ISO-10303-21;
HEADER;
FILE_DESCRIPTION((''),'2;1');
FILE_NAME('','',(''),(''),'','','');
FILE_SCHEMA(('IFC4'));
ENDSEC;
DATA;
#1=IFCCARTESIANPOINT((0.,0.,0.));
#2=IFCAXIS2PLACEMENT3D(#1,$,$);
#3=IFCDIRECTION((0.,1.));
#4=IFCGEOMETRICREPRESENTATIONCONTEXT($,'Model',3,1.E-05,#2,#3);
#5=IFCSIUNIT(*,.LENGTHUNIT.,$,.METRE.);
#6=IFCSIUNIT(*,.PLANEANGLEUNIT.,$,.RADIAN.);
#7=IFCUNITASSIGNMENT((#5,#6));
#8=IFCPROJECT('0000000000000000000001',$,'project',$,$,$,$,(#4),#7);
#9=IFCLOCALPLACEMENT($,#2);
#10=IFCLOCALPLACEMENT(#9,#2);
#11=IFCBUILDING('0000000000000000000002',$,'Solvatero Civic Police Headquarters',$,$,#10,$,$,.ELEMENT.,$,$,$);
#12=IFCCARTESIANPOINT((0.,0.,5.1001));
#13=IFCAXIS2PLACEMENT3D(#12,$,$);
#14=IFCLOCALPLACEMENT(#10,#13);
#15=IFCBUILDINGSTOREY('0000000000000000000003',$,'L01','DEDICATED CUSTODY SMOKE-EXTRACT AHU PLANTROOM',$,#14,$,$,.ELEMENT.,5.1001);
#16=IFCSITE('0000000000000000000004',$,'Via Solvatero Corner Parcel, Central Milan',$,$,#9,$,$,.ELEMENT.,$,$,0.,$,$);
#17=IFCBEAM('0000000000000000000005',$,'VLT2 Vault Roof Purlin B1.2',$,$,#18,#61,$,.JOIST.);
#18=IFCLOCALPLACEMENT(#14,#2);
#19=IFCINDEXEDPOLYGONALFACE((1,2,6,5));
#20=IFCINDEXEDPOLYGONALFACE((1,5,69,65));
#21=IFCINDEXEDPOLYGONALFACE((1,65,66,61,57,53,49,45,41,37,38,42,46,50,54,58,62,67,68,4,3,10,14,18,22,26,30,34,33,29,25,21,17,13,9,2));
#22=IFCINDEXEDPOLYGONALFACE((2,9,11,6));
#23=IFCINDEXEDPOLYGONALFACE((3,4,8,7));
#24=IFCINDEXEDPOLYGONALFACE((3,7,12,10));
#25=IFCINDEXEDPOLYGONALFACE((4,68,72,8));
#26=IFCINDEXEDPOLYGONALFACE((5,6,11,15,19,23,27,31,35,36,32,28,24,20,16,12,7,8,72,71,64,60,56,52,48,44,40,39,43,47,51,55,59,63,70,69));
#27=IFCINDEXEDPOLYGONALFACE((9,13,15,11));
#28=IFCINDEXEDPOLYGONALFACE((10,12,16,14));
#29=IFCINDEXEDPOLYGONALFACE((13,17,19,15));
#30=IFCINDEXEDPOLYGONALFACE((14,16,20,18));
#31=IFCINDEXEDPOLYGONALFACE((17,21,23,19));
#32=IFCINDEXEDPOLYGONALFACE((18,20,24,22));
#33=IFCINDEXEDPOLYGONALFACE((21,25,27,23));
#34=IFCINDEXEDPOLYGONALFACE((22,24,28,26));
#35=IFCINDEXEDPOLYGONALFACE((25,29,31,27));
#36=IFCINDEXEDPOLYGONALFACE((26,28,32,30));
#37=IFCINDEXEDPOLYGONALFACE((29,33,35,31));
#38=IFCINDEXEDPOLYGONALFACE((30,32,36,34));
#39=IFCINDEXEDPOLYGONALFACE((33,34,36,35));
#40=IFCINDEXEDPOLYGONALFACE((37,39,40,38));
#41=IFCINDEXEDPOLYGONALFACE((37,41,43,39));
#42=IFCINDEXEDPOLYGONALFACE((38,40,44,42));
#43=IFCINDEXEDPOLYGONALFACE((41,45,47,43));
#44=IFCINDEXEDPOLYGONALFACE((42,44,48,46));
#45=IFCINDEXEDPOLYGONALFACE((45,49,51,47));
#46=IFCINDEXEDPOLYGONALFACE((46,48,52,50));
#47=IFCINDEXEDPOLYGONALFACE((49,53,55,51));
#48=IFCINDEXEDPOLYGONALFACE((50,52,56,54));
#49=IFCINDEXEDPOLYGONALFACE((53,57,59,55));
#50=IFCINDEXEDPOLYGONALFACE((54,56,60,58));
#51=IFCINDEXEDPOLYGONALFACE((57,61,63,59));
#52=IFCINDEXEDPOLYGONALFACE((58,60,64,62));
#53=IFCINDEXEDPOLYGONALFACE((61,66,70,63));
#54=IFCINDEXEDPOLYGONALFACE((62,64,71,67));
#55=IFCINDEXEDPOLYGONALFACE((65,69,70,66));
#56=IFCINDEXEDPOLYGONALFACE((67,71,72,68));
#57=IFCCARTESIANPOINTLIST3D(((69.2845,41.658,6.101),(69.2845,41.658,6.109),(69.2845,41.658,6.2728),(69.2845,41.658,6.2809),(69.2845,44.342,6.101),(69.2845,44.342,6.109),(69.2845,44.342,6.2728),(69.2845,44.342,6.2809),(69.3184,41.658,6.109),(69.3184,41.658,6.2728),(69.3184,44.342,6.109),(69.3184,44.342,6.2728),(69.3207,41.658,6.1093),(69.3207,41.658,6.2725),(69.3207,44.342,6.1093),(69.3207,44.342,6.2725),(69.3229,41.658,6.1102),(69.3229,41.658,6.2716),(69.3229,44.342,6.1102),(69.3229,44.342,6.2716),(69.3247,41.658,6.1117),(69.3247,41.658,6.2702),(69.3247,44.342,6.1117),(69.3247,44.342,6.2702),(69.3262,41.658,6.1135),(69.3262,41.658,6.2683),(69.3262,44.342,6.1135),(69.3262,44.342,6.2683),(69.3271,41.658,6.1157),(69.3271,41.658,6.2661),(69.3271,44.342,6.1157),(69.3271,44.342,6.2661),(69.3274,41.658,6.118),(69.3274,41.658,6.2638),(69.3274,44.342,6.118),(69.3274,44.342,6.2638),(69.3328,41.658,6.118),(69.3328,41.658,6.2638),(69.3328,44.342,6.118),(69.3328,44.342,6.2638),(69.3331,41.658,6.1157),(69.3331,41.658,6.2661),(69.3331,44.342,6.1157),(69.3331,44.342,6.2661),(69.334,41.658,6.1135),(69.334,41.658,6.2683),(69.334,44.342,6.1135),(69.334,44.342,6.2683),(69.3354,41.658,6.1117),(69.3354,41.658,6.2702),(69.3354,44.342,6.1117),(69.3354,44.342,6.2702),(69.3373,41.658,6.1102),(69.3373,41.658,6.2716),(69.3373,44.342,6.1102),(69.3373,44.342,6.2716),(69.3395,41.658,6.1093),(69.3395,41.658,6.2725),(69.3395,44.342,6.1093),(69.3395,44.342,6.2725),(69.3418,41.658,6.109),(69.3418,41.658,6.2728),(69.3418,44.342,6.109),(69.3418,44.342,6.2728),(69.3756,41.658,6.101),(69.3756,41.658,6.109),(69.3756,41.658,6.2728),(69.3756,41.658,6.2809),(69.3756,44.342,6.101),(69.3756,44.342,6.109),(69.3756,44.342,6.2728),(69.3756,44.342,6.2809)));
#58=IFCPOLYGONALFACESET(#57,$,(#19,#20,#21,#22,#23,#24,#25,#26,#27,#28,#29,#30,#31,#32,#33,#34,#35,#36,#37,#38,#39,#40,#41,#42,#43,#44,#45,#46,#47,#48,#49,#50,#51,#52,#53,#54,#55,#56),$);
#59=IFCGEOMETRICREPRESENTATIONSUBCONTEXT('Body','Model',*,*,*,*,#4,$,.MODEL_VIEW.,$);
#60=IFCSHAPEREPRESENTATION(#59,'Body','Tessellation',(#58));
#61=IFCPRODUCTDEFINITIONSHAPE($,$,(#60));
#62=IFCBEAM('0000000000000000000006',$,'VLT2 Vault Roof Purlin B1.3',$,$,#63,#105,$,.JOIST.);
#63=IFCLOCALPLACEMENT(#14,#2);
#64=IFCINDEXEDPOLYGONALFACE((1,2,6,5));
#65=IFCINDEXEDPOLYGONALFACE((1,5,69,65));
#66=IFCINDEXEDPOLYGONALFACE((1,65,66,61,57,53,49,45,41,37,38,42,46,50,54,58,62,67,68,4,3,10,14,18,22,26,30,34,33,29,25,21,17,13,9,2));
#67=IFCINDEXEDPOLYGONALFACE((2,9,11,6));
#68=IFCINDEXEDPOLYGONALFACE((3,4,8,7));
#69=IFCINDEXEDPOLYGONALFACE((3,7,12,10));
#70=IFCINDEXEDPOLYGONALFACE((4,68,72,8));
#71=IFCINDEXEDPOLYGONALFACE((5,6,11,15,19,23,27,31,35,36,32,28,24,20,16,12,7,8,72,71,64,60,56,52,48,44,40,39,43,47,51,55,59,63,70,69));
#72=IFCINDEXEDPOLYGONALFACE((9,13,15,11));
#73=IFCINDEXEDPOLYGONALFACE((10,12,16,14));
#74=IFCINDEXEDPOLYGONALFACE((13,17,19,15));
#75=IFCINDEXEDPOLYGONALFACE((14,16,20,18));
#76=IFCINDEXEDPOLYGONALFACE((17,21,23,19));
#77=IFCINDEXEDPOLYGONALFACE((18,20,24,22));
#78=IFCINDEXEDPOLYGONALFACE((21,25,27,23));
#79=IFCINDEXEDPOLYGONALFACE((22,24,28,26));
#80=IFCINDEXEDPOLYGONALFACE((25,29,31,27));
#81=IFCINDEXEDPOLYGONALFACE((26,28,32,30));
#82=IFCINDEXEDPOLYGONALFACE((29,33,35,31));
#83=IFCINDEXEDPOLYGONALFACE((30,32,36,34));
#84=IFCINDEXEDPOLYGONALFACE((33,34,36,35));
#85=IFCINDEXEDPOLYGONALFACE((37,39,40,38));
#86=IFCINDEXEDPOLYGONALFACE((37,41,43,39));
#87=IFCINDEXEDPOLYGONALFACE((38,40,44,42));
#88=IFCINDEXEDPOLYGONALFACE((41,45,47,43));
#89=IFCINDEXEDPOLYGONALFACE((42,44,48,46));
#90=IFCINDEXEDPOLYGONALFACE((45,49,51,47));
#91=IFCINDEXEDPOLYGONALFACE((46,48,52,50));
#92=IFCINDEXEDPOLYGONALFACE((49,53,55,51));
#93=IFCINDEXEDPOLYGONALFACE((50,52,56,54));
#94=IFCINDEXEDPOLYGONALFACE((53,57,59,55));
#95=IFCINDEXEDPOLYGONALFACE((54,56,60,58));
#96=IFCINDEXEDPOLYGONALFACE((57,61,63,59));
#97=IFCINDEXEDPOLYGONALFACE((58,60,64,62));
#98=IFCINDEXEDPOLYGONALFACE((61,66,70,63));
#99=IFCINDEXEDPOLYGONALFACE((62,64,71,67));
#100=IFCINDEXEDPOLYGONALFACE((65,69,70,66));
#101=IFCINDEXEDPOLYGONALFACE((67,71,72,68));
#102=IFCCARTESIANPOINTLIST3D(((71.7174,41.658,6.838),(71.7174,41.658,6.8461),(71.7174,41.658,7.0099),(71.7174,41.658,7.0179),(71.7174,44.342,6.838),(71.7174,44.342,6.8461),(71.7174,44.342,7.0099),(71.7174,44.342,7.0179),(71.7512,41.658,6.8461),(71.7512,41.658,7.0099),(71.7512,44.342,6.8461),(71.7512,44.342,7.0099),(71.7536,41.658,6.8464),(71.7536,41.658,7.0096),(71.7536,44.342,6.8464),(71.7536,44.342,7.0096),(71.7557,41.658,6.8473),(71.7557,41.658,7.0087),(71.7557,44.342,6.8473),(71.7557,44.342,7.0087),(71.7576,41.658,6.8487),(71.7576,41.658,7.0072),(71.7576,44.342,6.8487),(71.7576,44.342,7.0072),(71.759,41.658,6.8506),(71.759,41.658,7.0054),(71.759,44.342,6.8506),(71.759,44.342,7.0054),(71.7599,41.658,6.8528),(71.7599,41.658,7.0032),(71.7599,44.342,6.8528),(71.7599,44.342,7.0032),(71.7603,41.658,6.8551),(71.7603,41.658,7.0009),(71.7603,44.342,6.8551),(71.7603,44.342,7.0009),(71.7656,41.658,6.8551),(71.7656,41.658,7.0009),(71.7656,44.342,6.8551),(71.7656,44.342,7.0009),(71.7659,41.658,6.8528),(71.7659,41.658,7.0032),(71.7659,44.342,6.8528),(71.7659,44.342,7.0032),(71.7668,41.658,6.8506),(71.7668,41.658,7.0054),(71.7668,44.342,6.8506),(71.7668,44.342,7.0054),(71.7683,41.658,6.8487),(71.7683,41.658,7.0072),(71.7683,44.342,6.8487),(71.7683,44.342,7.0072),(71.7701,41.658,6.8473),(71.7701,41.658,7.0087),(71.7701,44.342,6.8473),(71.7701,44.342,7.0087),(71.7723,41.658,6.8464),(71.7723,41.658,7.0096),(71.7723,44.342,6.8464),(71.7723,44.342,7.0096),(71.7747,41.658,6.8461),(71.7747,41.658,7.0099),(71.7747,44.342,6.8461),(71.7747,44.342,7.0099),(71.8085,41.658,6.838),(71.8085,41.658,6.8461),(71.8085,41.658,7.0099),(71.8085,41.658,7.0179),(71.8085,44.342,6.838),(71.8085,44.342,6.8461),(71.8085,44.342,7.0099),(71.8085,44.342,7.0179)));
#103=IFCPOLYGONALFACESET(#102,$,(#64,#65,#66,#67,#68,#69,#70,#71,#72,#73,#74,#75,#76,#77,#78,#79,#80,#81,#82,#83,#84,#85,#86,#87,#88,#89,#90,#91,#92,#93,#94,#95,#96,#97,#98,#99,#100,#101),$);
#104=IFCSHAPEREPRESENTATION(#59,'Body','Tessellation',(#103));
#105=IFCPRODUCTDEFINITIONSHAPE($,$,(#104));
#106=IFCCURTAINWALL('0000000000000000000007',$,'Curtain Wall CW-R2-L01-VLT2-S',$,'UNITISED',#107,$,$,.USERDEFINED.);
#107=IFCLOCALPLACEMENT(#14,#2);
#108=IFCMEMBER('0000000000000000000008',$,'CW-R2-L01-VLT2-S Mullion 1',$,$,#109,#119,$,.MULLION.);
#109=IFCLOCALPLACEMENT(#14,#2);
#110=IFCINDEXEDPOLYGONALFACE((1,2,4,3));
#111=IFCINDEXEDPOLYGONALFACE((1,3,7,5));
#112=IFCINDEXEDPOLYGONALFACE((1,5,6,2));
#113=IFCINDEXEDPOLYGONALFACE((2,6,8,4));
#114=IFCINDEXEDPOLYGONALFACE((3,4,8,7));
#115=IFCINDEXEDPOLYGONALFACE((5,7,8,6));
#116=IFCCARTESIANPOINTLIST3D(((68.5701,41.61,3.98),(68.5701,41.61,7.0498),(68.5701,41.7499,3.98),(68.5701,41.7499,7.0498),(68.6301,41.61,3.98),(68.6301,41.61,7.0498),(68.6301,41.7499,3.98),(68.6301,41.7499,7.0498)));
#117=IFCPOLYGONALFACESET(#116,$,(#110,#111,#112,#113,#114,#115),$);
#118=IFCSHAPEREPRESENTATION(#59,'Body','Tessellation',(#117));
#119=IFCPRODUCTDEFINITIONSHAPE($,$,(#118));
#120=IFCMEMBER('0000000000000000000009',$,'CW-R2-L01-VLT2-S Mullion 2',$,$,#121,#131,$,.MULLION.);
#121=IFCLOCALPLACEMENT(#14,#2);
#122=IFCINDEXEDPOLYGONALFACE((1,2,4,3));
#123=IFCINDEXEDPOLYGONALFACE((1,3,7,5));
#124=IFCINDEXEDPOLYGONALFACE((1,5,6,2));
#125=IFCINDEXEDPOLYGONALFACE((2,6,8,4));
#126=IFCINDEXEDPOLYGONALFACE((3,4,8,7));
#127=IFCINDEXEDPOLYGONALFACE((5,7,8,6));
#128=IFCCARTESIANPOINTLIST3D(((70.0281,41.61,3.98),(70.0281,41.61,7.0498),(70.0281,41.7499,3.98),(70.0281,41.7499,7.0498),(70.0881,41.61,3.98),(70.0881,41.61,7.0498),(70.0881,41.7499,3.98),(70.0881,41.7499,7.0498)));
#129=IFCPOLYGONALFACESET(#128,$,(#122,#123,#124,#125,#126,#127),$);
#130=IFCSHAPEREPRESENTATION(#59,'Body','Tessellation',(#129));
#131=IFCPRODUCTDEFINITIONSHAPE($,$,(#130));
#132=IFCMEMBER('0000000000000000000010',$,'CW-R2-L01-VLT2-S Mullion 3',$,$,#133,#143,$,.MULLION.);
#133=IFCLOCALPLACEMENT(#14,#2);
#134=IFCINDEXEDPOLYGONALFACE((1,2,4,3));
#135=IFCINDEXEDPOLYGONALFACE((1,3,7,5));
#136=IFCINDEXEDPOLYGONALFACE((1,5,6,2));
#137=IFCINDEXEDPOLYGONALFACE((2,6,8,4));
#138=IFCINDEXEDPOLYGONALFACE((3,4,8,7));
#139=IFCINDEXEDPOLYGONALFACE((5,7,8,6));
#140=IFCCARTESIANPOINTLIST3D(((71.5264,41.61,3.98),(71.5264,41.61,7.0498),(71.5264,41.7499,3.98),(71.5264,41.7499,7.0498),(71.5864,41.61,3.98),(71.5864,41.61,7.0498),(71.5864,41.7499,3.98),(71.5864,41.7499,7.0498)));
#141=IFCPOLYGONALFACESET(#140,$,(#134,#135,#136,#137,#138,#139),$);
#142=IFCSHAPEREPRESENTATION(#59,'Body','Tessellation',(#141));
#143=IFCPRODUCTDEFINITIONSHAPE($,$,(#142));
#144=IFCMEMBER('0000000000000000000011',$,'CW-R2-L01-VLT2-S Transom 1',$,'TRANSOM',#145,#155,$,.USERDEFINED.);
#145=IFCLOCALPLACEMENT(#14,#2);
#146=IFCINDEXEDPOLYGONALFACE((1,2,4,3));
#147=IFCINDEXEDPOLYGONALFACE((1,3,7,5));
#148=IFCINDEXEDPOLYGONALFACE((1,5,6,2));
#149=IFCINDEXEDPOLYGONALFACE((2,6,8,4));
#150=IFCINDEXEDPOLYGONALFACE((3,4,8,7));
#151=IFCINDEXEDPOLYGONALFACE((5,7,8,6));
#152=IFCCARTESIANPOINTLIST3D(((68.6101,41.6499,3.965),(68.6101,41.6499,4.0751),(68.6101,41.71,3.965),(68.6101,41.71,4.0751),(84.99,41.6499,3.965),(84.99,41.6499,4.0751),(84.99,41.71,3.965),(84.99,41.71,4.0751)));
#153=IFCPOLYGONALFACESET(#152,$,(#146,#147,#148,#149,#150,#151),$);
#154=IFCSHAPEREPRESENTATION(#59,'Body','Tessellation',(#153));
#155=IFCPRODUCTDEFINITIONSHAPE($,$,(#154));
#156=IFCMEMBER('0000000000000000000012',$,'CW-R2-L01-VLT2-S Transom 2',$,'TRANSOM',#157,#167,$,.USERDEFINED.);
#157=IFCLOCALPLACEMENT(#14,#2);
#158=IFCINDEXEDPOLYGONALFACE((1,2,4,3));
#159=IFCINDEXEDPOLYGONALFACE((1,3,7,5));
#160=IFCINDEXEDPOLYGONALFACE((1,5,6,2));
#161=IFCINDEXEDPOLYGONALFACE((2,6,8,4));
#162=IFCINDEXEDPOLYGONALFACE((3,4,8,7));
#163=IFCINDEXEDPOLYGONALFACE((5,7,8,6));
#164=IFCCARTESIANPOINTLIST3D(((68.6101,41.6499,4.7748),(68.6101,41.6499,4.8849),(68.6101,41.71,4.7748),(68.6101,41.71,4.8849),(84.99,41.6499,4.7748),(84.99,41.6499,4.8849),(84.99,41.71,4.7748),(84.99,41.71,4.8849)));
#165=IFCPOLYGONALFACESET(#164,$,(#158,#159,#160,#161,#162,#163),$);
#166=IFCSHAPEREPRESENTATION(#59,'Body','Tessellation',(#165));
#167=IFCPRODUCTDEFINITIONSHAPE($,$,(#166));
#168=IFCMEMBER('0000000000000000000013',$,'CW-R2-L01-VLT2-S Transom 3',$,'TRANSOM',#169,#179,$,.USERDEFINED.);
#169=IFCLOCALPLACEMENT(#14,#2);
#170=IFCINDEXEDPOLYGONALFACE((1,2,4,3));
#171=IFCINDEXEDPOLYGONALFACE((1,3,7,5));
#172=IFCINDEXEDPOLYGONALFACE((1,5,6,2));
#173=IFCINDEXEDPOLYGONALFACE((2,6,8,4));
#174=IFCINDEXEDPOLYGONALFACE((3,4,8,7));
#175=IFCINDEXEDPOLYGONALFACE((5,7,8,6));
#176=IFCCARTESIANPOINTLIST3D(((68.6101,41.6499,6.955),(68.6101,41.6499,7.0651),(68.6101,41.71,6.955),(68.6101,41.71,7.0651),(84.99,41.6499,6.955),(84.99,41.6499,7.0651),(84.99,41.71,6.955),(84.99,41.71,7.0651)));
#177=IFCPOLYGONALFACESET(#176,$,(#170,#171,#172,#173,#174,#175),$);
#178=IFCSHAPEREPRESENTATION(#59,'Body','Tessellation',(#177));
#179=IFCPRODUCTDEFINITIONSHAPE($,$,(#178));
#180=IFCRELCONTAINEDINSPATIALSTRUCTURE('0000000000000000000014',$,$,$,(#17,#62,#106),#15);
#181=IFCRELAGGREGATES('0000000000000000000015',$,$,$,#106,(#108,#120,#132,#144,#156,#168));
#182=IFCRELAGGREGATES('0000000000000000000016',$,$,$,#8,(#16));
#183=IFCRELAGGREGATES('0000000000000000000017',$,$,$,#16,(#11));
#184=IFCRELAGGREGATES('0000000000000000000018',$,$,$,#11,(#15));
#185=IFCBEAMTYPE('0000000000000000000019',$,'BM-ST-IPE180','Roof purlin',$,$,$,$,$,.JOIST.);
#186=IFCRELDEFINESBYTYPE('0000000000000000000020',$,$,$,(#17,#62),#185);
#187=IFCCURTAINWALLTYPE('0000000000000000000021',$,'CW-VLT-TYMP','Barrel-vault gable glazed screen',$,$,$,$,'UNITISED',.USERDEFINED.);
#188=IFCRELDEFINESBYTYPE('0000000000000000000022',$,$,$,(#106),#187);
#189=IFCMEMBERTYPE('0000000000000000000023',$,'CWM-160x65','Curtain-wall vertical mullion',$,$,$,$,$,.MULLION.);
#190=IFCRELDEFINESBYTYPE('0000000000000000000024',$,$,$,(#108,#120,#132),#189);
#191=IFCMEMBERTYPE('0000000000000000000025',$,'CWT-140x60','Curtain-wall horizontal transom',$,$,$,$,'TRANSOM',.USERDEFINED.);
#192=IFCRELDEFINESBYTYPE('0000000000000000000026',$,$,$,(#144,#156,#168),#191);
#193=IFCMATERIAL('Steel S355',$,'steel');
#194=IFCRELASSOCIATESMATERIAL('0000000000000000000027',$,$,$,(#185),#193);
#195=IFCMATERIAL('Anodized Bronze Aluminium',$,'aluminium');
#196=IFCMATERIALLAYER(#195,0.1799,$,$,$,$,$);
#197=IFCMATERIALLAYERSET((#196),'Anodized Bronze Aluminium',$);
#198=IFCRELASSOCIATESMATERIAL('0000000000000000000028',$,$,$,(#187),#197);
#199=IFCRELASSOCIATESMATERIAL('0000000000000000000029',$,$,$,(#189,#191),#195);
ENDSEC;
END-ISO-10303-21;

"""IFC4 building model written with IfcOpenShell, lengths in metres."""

from ifc_helpers import new_model, si_unit, direction, frame, origin, origin_2d, place, context, subcontext, project, spatial, rectangle, i_section, extrude, material, layer, layer_set, material_profile, profile_set, type_object, element, aggregate, save


model = new_model("IFC4")

# Units and contexts
model_context = context("Model", 3, precision=1e-05, world=origin(), true_north=direction((0.0, 1.0)))
body_context = subcontext(model_context, "Body", "Model", "MODEL_VIEW")
ifc_project = project(units=[si_unit("LENGTHUNIT", "METRE"), si_unit("PLANEANGLEUNIT", "RADIAN")], contexts=[model_context])

# Site, building, storey
site_placement = place(None, origin())
site = spatial("IfcSite", under=ifc_project, at=site_placement, Name="Via Solvatero Corner Parcel, Central Milan", CompositionType="ELEMENT", RefElevation=0.0)
building_placement = place(site_placement, origin())
building = spatial("IfcBuilding", under=site, at=building_placement, Name="Solvatero Civic Police Headquarters", CompositionType="ELEMENT")
storey_placement = place(building_placement, frame((0.0, 0.0, 5.1001)))
storey = spatial("IfcBuildingStorey", under=building, at=storey_placement, Name="L01", Description="DEDICATED CUSTODY SMOKE-EXTRACT AHU PLANTROOM", CompositionType="ELEMENT", Elevation=5.1001)

# Beams
ifc_material_1 = material(Name="Steel S355", Category="steel")
ifc_material_profile_1 = material_profile(ifc_material_1, i_section(OverallWidth=0.0911, OverallDepth=0.1799, WebThickness=0.0054, FlangeThickness=0.0081, FilletRadius=0.009, at=origin_2d()), Name="IPE 180")
ifc_profile_set_1 = profile_set([ifc_material_profile_1], Name="Steel S355")
beam_type_1 = type_object("IfcBeamType", Name="BM-ST-IPE180", Description="Roof purlin", PredefinedType="JOIST", material=ifc_profile_set_1)
for number, where, z_axis, x_axis, name in (
    (1, (69.3301, 41.658, 6.1909), (0.0, 1.0, 0.0), (-1.0, 0.0, 0.0), "VLT2 Vault Roof Purlin B1.2"),
    (2, (71.7629, 41.658, 6.928), (0.0, 1.0, 0.0), (-1.0, 0.0, 0.0), "VLT2 Vault Roof Purlin B1.3"),
):
    element("IfcBeam", number, at=place(storey_placement, frame(where, z_axis=z_axis, x_axis=x_axis)), inside=storey, type_object=beam_type_1, Name=name, PredefinedType="JOIST", context=body_context, shape_type="SweptSolid", body=[
        extrude(i_section(OverallWidth=0.0911, OverallDepth=0.1799, WebThickness=0.0054, FlangeThickness=0.0081, FilletRadius=0.009, at=origin_2d()), origin(), (0.0, 0.0, 1.0), 2.6841),
    ])

# Curtain wall, members
ifc_material_2 = material(Name="Anodized Bronze Aluminium", Category="aluminium")
ifc_layer_1 = layer(ifc_material_2, 0.1799)
ifc_layer_set_1 = layer_set([ifc_layer_1], Name="Anodized Bronze Aluminium")
curtain_wall_type = type_object("IfcCurtainWallType", Name="CW-VLT-TYMP", Description="Barrel-vault gable glazed screen", ElementType="UNITISED", PredefinedType="USERDEFINED", material=ifc_layer_set_1)
curtain_wall_placement = place(storey_placement, origin())
curtain_wall = element("IfcCurtainWall", 3, at=curtain_wall_placement, inside=storey, type_object=curtain_wall_type, Name="Curtain Wall CW-R2-L01-VLT2-S", ObjectType="UNITISED", PredefinedType="USERDEFINED")
ifc_material_profile_2 = material_profile(ifc_material_2, rectangle(XDim=0.0601, YDim=0.1399, at=origin_2d()), Name="ALU MULLION 60x140")
ifc_profile_set_2 = profile_set([ifc_material_profile_2], Name="Anodized Bronze Aluminium")
member_type_1 = type_object("IfcMemberType", Name="CWM-160x65", Description="Curtain-wall vertical mullion", PredefinedType="MULLION", material=ifc_profile_set_2)
member_1_placement = place(storey_placement, frame((68.6001, 41.6799, 3.98), z_axis=(0.0, 0.0, 1.0), x_axis=(1.0, 0.0, 0.0)))
member_1 = element("IfcMember", 4, at=member_1_placement, type_object=member_type_1, Name="CW-R2-L01-VLT2-S Mullion 1", PredefinedType="MULLION", context=body_context, shape_type="SweptSolid", body=[
    extrude(rectangle(XDim=0.0601, YDim=0.1399, at=origin_2d()), origin(), (0.0, 0.0, 1.0), 3.0698),
])
member_2_placement = place(storey_placement, frame((70.0581, 41.6799, 3.98), z_axis=(0.0, 0.0, 1.0), x_axis=(1.0, 0.0, 0.0)))
member_2 = element("IfcMember", 5, at=member_2_placement, type_object=member_type_1, Name="CW-R2-L01-VLT2-S Mullion 2", PredefinedType="MULLION", context=body_context, shape_type="SweptSolid", body=[
    extrude(rectangle(XDim=0.0601, YDim=0.1399, at=origin_2d()), origin(), (0.0, 0.0, 1.0), 3.0698),
])
member_3_placement = place(storey_placement, frame((71.5564, 41.6799, 3.98), z_axis=(0.0, 0.0, 1.0), x_axis=(1.0, 0.0, 0.0)))
member_3 = element("IfcMember", 6, at=member_3_placement, type_object=member_type_1, Name="CW-R2-L01-VLT2-S Mullion 3", PredefinedType="MULLION", context=body_context, shape_type="SweptSolid", body=[
    extrude(rectangle(XDim=0.0601, YDim=0.1399, at=origin_2d()), origin(), (0.0, 0.0, 1.0), 3.0698),
])
ifc_material_profile_3 = material_profile(ifc_material_2, rectangle(XDim=0.0601, YDim=0.1101, at=origin_2d()), Name="ALU TRANSOM 60x110")
ifc_profile_set_3 = profile_set([ifc_material_profile_3], Name="Anodized Bronze Aluminium")
member_type_2 = type_object("IfcMemberType", Name="CWT-140x60", Description="Curtain-wall horizontal transom", ElementType="TRANSOM", PredefinedType="USERDEFINED", material=ifc_profile_set_3)
member_4_placement = place(storey_placement, frame((68.6101, 41.6799, 4.02), z_axis=(1.0, 0.0, 0.0), x_axis=(0.0, 1.0, 0.0)))
member_4 = element("IfcMember", 7, at=member_4_placement, type_object=member_type_2, Name="CW-R2-L01-VLT2-S Transom 1", ObjectType="TRANSOM", PredefinedType="USERDEFINED", context=body_context, shape_type="SweptSolid", body=[
    extrude(rectangle(XDim=0.0601, YDim=0.1101, at=origin_2d()), origin(), (0.0, 0.0, 1.0), 16.3799),
])
member_5_placement = place(storey_placement, frame((68.6101, 41.6799, 4.8298), z_axis=(1.0, 0.0, 0.0), x_axis=(0.0, 1.0, 0.0)))
member_5 = element("IfcMember", 8, at=member_5_placement, type_object=member_type_2, Name="CW-R2-L01-VLT2-S Transom 2", ObjectType="TRANSOM", PredefinedType="USERDEFINED", context=body_context, shape_type="SweptSolid", body=[
    extrude(rectangle(XDim=0.0601, YDim=0.1101, at=origin_2d()), origin(), (0.0, 0.0, 1.0), 16.3799),
])
member_6_placement = place(storey_placement, frame((68.6101, 41.6799, 7.01), z_axis=(1.0, 0.0, 0.0), x_axis=(0.0, 1.0, 0.0)))
member_6 = element("IfcMember", 9, at=member_6_placement, type_object=member_type_2, Name="CW-R2-L01-VLT2-S Transom 3", ObjectType="TRANSOM", PredefinedType="USERDEFINED", context=body_context, shape_type="SweptSolid", body=[
    extrude(rectangle(XDim=0.0601, YDim=0.1101, at=origin_2d()), origin(), (0.0, 0.0, 1.0), 16.3799),
])

aggregate(curtain_wall, [member_1, member_2, member_3, member_4, member_5, member_6])

save(model, "model.ifc")
